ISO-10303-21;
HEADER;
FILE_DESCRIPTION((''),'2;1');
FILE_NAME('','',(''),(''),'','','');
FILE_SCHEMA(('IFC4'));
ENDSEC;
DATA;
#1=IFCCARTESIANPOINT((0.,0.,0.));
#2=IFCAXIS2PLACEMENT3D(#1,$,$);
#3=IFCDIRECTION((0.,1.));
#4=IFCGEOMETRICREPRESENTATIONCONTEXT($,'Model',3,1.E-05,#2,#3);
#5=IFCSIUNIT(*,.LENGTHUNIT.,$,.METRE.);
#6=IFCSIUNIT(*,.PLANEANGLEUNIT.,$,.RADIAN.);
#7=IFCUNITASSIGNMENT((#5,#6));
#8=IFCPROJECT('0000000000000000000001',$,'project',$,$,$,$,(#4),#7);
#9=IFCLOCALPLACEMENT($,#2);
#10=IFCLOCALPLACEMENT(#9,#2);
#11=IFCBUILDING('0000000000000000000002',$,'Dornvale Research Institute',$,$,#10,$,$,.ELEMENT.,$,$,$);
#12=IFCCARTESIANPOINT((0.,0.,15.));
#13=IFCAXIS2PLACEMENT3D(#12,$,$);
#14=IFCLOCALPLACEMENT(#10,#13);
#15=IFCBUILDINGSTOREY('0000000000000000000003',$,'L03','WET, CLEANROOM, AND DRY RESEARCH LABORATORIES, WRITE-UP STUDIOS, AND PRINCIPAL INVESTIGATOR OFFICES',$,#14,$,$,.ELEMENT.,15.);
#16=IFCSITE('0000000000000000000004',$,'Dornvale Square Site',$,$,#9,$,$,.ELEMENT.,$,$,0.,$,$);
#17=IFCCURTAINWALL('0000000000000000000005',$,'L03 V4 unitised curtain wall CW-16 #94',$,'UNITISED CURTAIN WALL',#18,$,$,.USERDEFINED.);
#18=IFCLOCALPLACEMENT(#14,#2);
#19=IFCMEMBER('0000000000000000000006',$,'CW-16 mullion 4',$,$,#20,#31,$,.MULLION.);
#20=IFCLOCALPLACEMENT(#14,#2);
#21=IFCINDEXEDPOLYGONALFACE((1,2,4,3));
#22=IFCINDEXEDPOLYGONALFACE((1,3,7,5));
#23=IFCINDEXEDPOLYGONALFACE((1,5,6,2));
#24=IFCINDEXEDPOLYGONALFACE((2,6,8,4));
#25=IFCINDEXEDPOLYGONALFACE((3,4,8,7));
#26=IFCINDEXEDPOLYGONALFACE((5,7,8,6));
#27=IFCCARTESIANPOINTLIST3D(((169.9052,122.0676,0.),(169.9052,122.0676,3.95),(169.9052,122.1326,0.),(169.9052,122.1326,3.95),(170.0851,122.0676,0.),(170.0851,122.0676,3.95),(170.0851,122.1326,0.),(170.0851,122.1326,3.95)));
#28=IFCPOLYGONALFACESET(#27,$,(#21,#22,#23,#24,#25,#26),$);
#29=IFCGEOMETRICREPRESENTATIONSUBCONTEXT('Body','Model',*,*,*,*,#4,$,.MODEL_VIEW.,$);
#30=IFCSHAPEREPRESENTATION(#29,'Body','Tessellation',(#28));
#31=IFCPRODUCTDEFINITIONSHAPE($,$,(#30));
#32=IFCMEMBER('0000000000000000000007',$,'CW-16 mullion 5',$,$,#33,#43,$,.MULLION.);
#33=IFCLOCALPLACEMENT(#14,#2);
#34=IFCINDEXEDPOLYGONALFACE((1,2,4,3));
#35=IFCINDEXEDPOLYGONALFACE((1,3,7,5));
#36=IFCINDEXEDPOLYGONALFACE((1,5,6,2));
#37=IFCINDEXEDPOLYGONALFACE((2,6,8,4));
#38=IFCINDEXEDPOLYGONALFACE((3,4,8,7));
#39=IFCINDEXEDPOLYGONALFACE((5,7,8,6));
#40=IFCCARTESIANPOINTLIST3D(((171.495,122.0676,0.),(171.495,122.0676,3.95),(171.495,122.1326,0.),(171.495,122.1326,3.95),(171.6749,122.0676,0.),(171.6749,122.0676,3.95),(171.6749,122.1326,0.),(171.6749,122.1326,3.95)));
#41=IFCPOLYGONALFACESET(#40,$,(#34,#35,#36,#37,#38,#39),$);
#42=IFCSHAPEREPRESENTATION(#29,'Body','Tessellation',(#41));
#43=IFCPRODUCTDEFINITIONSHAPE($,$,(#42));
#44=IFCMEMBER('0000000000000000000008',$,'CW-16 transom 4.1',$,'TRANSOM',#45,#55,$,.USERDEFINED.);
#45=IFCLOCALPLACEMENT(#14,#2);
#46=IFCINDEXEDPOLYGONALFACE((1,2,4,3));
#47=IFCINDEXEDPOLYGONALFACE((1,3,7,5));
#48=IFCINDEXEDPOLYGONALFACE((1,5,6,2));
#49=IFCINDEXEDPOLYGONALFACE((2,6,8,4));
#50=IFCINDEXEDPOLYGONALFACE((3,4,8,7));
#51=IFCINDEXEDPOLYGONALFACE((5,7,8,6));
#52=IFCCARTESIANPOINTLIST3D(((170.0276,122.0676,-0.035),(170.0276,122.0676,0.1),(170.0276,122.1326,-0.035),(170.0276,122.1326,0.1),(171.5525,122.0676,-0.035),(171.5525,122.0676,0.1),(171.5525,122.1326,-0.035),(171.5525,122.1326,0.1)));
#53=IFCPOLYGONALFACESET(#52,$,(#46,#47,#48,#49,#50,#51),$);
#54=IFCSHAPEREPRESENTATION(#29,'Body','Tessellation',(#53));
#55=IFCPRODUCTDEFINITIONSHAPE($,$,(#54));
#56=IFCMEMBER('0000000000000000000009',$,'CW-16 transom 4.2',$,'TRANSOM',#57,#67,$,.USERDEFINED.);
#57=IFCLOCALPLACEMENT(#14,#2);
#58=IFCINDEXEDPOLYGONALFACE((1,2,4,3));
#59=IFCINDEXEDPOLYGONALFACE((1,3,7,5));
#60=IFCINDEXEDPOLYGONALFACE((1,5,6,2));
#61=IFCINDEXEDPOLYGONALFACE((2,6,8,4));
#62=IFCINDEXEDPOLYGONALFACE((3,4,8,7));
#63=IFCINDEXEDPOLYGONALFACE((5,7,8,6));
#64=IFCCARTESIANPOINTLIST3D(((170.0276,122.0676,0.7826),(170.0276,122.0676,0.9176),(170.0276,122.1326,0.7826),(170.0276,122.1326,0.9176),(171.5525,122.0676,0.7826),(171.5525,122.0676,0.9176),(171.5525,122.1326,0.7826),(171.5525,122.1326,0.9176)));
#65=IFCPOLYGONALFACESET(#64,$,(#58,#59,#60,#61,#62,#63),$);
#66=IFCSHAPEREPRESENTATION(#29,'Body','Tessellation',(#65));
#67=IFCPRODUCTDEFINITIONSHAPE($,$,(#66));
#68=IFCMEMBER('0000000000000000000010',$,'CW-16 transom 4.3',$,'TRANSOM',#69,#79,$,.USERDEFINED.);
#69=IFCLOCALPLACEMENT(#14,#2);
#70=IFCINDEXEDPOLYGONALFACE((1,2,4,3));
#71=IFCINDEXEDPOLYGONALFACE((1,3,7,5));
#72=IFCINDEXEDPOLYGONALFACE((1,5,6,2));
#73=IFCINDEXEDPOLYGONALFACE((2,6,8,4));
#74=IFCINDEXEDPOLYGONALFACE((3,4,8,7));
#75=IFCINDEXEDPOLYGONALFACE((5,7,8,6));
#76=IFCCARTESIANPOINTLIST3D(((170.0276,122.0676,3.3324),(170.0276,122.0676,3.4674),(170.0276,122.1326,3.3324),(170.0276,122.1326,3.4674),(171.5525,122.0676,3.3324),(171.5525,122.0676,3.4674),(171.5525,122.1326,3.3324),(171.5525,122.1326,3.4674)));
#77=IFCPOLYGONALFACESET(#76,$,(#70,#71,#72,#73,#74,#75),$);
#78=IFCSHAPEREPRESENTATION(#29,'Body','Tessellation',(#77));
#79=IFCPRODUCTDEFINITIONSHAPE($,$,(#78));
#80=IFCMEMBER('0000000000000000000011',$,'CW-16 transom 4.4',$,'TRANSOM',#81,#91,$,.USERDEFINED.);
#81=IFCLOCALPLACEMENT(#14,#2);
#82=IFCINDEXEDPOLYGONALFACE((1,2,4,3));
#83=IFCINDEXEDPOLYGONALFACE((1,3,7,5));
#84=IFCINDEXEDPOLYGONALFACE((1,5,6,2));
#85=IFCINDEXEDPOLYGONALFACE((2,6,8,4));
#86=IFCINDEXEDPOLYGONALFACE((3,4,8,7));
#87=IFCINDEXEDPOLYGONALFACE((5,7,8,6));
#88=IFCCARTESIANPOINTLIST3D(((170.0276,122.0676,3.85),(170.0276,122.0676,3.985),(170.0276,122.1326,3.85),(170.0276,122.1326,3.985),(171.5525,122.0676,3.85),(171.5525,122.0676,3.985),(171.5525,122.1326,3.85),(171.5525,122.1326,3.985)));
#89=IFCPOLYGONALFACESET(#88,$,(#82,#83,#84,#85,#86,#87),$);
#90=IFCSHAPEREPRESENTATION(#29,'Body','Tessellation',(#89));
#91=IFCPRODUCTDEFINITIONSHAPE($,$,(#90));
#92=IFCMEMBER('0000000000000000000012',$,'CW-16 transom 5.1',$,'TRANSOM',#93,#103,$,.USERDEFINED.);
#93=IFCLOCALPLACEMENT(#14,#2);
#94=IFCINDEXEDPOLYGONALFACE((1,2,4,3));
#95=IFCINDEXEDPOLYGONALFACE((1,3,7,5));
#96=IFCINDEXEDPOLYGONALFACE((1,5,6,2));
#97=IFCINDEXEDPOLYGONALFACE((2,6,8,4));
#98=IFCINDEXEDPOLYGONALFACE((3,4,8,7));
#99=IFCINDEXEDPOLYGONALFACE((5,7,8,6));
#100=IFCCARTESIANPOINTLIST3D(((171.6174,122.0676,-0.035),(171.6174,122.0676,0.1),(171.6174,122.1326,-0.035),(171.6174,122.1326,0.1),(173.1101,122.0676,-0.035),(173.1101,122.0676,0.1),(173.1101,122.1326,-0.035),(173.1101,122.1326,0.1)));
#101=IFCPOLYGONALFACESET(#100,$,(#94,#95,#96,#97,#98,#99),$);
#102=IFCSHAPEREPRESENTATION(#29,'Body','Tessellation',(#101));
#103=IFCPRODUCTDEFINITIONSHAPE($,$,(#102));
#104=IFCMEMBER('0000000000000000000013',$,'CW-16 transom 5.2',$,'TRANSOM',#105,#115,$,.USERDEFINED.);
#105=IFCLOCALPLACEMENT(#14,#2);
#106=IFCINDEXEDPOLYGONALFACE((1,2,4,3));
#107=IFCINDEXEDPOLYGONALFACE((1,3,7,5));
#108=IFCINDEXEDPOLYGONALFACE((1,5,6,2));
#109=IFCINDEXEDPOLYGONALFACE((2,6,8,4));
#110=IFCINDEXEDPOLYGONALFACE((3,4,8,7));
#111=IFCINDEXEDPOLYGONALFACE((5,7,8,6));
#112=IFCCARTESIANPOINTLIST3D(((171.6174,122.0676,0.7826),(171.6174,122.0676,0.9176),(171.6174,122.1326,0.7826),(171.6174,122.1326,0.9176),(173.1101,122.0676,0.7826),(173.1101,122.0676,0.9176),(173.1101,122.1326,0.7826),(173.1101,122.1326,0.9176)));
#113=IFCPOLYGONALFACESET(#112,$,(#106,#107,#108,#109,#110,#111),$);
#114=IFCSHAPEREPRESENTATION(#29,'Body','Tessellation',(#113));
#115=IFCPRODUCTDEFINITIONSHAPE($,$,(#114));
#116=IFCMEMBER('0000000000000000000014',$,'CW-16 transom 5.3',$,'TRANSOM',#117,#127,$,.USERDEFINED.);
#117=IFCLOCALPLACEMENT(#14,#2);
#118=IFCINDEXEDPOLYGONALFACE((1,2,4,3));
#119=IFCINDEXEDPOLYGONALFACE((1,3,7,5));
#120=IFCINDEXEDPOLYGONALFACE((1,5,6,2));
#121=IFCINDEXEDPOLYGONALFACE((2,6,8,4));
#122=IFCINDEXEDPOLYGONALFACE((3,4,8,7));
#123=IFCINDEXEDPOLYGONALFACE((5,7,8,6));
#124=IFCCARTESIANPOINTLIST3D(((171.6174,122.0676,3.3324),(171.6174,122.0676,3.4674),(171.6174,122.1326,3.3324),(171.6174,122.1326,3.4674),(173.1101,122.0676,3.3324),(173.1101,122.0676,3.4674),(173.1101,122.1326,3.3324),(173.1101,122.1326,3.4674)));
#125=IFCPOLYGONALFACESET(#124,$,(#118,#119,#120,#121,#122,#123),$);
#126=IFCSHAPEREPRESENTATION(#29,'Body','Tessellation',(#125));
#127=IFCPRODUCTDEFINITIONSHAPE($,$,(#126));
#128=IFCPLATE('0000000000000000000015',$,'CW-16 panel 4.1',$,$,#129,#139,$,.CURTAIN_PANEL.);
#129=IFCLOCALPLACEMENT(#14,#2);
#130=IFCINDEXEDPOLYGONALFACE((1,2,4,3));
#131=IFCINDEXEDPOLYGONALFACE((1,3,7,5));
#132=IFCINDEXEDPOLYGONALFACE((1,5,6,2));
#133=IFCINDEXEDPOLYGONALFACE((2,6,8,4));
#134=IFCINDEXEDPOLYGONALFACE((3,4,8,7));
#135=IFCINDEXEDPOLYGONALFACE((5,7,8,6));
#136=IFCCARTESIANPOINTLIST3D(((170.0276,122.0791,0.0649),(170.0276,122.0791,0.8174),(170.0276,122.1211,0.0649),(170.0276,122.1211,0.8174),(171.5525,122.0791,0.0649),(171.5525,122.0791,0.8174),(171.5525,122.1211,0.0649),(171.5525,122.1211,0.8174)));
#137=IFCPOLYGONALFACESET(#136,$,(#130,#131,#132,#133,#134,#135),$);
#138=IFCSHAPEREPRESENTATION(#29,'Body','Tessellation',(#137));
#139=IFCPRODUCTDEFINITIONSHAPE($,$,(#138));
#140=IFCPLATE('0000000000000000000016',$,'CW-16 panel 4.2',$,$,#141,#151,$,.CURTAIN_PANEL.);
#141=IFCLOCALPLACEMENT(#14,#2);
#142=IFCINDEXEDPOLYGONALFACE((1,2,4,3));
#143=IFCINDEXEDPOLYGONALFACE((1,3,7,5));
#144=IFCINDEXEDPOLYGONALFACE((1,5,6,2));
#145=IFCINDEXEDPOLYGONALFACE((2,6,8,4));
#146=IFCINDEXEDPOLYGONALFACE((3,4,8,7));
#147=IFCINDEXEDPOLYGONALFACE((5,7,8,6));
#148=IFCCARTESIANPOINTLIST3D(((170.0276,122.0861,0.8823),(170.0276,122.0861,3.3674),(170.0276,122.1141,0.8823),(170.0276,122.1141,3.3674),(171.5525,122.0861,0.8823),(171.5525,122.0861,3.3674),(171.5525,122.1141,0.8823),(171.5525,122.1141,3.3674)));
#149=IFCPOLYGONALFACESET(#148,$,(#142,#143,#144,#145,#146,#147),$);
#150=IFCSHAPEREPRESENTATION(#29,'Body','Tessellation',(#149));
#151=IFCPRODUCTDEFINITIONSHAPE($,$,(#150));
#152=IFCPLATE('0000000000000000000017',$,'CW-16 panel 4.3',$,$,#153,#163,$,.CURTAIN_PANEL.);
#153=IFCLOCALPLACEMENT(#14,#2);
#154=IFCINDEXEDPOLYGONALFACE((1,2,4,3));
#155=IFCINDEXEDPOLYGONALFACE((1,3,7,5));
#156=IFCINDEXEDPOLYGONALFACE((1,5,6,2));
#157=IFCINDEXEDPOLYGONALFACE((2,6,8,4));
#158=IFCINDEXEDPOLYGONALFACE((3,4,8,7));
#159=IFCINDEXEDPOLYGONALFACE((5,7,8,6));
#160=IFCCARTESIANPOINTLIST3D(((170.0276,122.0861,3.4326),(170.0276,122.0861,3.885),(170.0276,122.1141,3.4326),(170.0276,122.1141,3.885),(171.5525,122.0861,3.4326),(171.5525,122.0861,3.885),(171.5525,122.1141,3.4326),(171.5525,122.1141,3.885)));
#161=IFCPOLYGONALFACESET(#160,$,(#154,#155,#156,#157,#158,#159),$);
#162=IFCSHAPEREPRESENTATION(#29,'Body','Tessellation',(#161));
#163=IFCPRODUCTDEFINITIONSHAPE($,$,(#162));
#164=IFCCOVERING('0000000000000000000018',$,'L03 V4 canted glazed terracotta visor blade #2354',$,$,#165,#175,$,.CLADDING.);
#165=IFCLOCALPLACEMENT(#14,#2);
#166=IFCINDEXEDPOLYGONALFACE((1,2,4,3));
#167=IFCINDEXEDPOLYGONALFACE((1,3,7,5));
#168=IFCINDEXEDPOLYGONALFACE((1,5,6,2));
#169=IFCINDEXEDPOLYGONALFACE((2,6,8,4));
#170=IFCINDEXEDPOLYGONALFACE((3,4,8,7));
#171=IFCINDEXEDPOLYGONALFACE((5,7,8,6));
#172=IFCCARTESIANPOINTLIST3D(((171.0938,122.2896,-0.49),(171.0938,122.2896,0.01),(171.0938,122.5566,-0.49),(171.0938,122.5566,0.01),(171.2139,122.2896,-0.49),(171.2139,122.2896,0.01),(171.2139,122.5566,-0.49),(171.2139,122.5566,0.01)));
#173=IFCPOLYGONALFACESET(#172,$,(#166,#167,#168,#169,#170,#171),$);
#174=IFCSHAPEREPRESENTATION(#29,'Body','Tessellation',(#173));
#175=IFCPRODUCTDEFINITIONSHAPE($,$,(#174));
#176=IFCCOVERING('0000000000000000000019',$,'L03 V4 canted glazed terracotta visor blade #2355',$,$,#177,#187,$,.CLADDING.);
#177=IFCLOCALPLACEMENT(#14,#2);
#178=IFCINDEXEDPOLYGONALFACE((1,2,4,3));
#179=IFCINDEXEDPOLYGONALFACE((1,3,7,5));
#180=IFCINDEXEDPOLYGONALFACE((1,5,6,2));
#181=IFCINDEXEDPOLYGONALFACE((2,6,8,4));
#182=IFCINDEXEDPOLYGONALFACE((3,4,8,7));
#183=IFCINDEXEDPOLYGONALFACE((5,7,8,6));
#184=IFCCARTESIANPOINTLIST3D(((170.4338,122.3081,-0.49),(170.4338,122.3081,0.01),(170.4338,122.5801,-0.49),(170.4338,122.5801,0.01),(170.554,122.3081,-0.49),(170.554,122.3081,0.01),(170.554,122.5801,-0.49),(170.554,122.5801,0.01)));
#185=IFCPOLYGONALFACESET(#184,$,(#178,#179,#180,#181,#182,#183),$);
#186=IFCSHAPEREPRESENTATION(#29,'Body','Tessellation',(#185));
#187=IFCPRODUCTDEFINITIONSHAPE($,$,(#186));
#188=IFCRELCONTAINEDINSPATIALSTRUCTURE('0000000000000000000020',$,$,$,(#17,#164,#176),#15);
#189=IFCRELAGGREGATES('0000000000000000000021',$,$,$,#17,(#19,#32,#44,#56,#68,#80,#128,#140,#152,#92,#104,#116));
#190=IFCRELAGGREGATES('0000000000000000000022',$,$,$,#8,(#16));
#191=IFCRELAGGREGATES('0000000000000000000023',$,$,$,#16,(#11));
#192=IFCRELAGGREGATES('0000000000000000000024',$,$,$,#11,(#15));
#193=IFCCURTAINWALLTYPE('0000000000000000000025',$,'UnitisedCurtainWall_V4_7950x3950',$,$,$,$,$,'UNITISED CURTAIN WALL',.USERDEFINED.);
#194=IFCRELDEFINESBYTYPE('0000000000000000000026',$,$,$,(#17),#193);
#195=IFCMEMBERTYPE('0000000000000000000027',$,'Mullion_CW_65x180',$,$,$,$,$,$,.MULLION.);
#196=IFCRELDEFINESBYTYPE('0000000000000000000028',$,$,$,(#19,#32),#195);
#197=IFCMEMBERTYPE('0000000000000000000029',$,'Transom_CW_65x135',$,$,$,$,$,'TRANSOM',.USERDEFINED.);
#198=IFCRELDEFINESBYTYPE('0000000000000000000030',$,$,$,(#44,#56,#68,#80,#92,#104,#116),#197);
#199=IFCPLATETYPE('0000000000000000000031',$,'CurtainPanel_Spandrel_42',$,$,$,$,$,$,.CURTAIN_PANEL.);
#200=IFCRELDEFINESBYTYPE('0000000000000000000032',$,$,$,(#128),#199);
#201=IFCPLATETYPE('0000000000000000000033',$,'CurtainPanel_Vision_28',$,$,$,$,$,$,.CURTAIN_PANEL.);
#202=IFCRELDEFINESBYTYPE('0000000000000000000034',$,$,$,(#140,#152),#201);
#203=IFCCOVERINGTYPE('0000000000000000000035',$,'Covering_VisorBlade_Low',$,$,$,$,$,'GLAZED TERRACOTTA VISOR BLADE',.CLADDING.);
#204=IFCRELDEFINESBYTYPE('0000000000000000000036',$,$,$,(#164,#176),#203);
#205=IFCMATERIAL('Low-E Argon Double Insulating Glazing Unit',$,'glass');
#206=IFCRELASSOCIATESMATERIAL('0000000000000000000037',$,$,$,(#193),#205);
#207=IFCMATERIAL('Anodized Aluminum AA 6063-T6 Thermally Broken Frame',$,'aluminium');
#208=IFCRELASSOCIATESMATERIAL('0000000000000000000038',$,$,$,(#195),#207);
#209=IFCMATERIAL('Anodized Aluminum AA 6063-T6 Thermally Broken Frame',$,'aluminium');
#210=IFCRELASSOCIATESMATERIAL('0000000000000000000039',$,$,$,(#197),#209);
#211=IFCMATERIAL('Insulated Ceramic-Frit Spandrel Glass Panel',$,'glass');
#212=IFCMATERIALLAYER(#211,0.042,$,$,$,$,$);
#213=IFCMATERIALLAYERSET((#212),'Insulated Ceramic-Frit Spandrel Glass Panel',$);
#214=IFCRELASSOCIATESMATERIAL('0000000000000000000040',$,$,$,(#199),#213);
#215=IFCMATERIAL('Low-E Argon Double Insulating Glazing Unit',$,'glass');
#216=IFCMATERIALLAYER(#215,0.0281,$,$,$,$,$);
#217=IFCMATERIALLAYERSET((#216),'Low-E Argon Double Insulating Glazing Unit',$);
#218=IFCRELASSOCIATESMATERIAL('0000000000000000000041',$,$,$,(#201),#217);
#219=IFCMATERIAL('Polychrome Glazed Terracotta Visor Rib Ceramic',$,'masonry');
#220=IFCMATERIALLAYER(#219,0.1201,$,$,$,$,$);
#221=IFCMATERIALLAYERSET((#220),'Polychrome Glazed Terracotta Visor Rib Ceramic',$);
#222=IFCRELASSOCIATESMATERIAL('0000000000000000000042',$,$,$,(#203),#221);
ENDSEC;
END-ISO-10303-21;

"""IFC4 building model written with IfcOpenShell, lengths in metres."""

from ifc_helpers import new_model, si_unit, direction, frame, origin, origin_2d, place, context, subcontext, project, spatial, rectangle, extrude, material, layer, layer_set, material_profile, profile_set, type_object, element, aggregate, save


model = new_model("IFC4")

# Units and contexts
model_context = context("Model", 3, precision=1e-05, world=origin(), true_north=direction((0.0, 1.0)))
body_context = subcontext(model_context, "Body", "Model", "MODEL_VIEW")
ifc_project = project(units=[si_unit("LENGTHUNIT", "METRE"), si_unit("PLANEANGLEUNIT", "RADIAN")], contexts=[model_context])

# Site, building, storey
site_placement = place(None, origin())
site = spatial("IfcSite", under=ifc_project, at=site_placement, Name="Dornvale Square Site", CompositionType="ELEMENT", RefElevation=0.0)
building_placement = place(site_placement, origin())
building = spatial("IfcBuilding", under=site, at=building_placement, Name="Dornvale Research Institute", CompositionType="ELEMENT")
storey_placement = place(building_placement, frame((0.0, 0.0, 15.0)))
storey = spatial("IfcBuildingStorey", under=building, at=storey_placement, Name="L03", Description="WET, CLEANROOM, AND DRY RESEARCH LABORATORIES, WRITE-UP STUDIOS, AND PRINCIPAL INVESTIGATOR OFFICES", CompositionType="ELEMENT", Elevation=15.0)

# Curtain wall, members, plates
ifc_material_1 = material(Name="Low-E Argon Double Insulating Glazing Unit", Category="glass")
curtain_wall_type = type_object("IfcCurtainWallType", Name="UnitisedCurtainWall_V4_7950x3950", ElementType="UNITISED CURTAIN WALL", PredefinedType="USERDEFINED", material=ifc_material_1)
curtain_wall_placement = place(storey_placement, origin())
curtain_wall = element("IfcCurtainWall", 1, at=curtain_wall_placement, inside=storey, type_object=curtain_wall_type, Name="L03 V4 unitised curtain wall CW-16 #94", ObjectType="UNITISED CURTAIN WALL", PredefinedType="USERDEFINED")
ifc_material_2 = material(Name="Anodized Aluminum AA 6063-T6 Thermally Broken Frame", Category="aluminium")
ifc_material_profile_1 = material_profile(ifc_material_2, rectangle(XDim=0.0649, YDim=0.1799, at=origin_2d()), Name="ALU MULLION 65x180")
ifc_profile_set_1 = profile_set([ifc_material_profile_1], Name="Anodized Aluminum AA 6063-T6 Thermally Broken Frame")
member_type_1 = type_object("IfcMemberType", Name="Mullion_CW_65x180", PredefinedType="MULLION", material=ifc_profile_set_1)
member_1_placement = place(storey_placement, frame((169.9951, 122.1001, 0.0), z_axis=(0.0, 0.0, 1.0), x_axis=(0.0, 1.0, 0.0)))
member_1 = element("IfcMember", 2, at=member_1_placement, type_object=member_type_1, Name="CW-16 mullion 4", PredefinedType="MULLION", context=body_context, shape_type="SweptSolid", body=[
    extrude(rectangle(XDim=0.0649, YDim=0.1799, at=origin_2d()), origin(), (0.0, 0.0, 1.0), 3.95),
])
member_2_placement = place(storey_placement, frame((171.585, 122.1001, 0.0), z_axis=(0.0, 0.0, 1.0), x_axis=(0.0, 1.0, 0.0)))
member_2 = element("IfcMember", 3, at=member_2_placement, type_object=member_type_1, Name="CW-16 mullion 5", PredefinedType="MULLION", context=body_context, shape_type="SweptSolid", body=[
    extrude(rectangle(XDim=0.0649, YDim=0.1799, at=origin_2d()), origin(), (0.0, 0.0, 1.0), 3.95),
])
ifc_material_3 = material(Name="Anodized Aluminum AA 6063-T6 Thermally Broken Frame", Category="aluminium")
ifc_material_profile_2 = material_profile(ifc_material_3, rectangle(XDim=0.0649, YDim=0.135, at=origin_2d()), Name="ALU TRANSOM 65x135")
ifc_profile_set_2 = profile_set([ifc_material_profile_2], Name="Anodized Aluminum AA 6063-T6 Thermally Broken Frame")
member_type_2 = type_object("IfcMemberType", Name="Transom_CW_65x135", ElementType="TRANSOM", PredefinedType="USERDEFINED", material=ifc_profile_set_2)
member_3_placement = place(storey_placement, frame((170.0276, 122.1001, 0.0325), z_axis=(1.0, 0.0, 0.0), x_axis=(0.0, 1.0, 0.0)))
member_3 = element("IfcMember", 4, at=member_3_placement, type_object=member_type_2, Name="CW-16 transom 4.1", ObjectType="TRANSOM", PredefinedType="USERDEFINED", context=body_context, shape_type="SweptSolid", body=[
    extrude(rectangle(XDim=0.0649, YDim=0.135, at=origin_2d()), origin(), (0.0, 0.0, 1.0), 1.5249),
])
member_4_placement = place(storey_placement, frame((170.0276, 122.1001, 0.8501), z_axis=(1.0, 0.0, 0.0), x_axis=(0.0, 1.0, 0.0)))
member_4 = element("IfcMember", 5, at=member_4_placement, type_object=member_type_2, Name="CW-16 transom 4.2", ObjectType="TRANSOM", PredefinedType="USERDEFINED", context=body_context, shape_type="SweptSolid", body=[
    extrude(rectangle(XDim=0.0649, YDim=0.135, at=origin_2d()), origin(), (0.0, 0.0, 1.0), 1.5249),
])
member_5_placement = place(storey_placement, frame((170.0276, 122.1001, 3.3999), z_axis=(1.0, 0.0, 0.0), x_axis=(0.0, 1.0, 0.0)))
member_5 = element("IfcMember", 6, at=member_5_placement, type_object=member_type_2, Name="CW-16 transom 4.3", ObjectType="TRANSOM", PredefinedType="USERDEFINED", context=body_context, shape_type="SweptSolid", body=[
    extrude(rectangle(XDim=0.0649, YDim=0.135, at=origin_2d()), origin(), (0.0, 0.0, 1.0), 1.5249),
])
member_6_placement = place(storey_placement, frame((170.0276, 122.1001, 3.9175), z_axis=(1.0, 0.0, 0.0), x_axis=(0.0, 1.0, 0.0)))
member_6 = element("IfcMember", 7, at=member_6_placement, type_object=member_type_2, Name="CW-16 transom 4.4", ObjectType="TRANSOM", PredefinedType="USERDEFINED", context=body_context, shape_type="SweptSolid", body=[
    extrude(rectangle(XDim=0.0649, YDim=0.135, at=origin_2d()), origin(), (0.0, 0.0, 1.0), 1.5249),
])
member_7_placement = place(storey_placement, frame((171.6174, 122.1001, 0.0325), z_axis=(1.0, 0.0, 0.0), x_axis=(0.0, 1.0, 0.0)))
member_7 = element("IfcMember", 8, at=member_7_placement, type_object=member_type_2, Name="CW-16 transom 5.1", ObjectType="TRANSOM", PredefinedType="USERDEFINED", context=body_context, shape_type="SweptSolid", body=[
    extrude(rectangle(XDim=0.0649, YDim=0.135, at=origin_2d()), origin(), (0.0, 0.0, 1.0), 1.4927),
])
member_8_placement = place(storey_placement, frame((171.6174, 122.1001, 0.8501), z_axis=(1.0, 0.0, 0.0), x_axis=(0.0, 1.0, 0.0)))
member_8 = element("IfcMember", 9, at=member_8_placement, type_object=member_type_2, Name="CW-16 transom 5.2", ObjectType="TRANSOM", PredefinedType="USERDEFINED", context=body_context, shape_type="SweptSolid", body=[
    extrude(rectangle(XDim=0.0649, YDim=0.135, at=origin_2d()), origin(), (0.0, 0.0, 1.0), 1.4927),
])
member_9_placement = place(storey_placement, frame((171.6174, 122.1001, 3.3999), z_axis=(1.0, 0.0, 0.0), x_axis=(0.0, 1.0, 0.0)))
member_9 = element("IfcMember", 10, at=member_9_placement, type_object=member_type_2, Name="CW-16 transom 5.3", ObjectType="TRANSOM", PredefinedType="USERDEFINED", context=body_context, shape_type="SweptSolid", body=[
    extrude(rectangle(XDim=0.0649, YDim=0.135, at=origin_2d()), origin(), (0.0, 0.0, 1.0), 1.4927),
])
ifc_material_4 = material(Name="Insulated Ceramic-Frit Spandrel Glass Panel", Category="glass")
ifc_layer_1 = layer(ifc_material_4, 0.042)
ifc_layer_set_1 = layer_set([ifc_layer_1], Name="Insulated Ceramic-Frit Spandrel Glass Panel")
plate_type_1 = type_object("IfcPlateType", Name="CurtainPanel_Spandrel_42", PredefinedType="CURTAIN_PANEL", material=ifc_layer_set_1)
plate_1_placement = place(storey_placement, frame((170.79, 122.1001, 0.0649), z_axis=(0.0, 0.0, 1.0), x_axis=(1.0, 0.0, 0.0)))
plate_1 = element("IfcPlate", 11, at=plate_1_placement, type_object=plate_type_1, Name="CW-16 panel 4.1", PredefinedType="CURTAIN_PANEL", context=body_context, shape_type="SweptSolid", body=[
    extrude(rectangle(XDim=1.5249, YDim=0.042, at=origin_2d()), origin(), (0.0, 0.0, 1.0), 0.7524),
])
ifc_material_5 = material(Name="Low-E Argon Double Insulating Glazing Unit", Category="glass")
ifc_layer_2 = layer(ifc_material_5, 0.0281)
ifc_layer_set_2 = layer_set([ifc_layer_2], Name="Low-E Argon Double Insulating Glazing Unit")
plate_type_2 = type_object("IfcPlateType", Name="CurtainPanel_Vision_28", PredefinedType="CURTAIN_PANEL", material=ifc_layer_set_2)
plate_2_placement = place(storey_placement, frame((170.79, 122.1001, 0.8823), z_axis=(0.0, 0.0, 1.0), x_axis=(1.0, 0.0, 0.0)))
plate_2 = element("IfcPlate", 12, at=plate_2_placement, type_object=plate_type_2, Name="CW-16 panel 4.2", PredefinedType="CURTAIN_PANEL", context=body_context, shape_type="SweptSolid", body=[
    extrude(rectangle(XDim=1.5249, YDim=0.0281, at=origin_2d()), origin(), (0.0, 0.0, 1.0), 2.4851),
])
plate_3_placement = place(storey_placement, frame((170.79, 122.1001, 3.4326), z_axis=(0.0, 0.0, 1.0), x_axis=(1.0, 0.0, 0.0)))
plate_3 = element("IfcPlate", 13, at=plate_3_placement, type_object=plate_type_2, Name="CW-16 panel 4.3", PredefinedType="CURTAIN_PANEL", context=body_context, shape_type="SweptSolid", body=[
    extrude(rectangle(XDim=1.5249, YDim=0.0281, at=origin_2d()), origin(), (0.0, 0.0, 1.0), 0.4524),
])
aggregate(curtain_wall, [member_1, member_2, member_3, member_4, member_5, member_6, plate_1, plate_2, plate_3, member_7, member_8, member_9])

# Coverings
ifc_material_6 = material(Name="Polychrome Glazed Terracotta Visor Rib Ceramic", Category="masonry")
ifc_layer_3 = layer(ifc_material_6, 0.1201)
ifc_layer_set_3 = layer_set([ifc_layer_3], Name="Polychrome Glazed Terracotta Visor Rib Ceramic")
covering_type = type_object("IfcCoveringType", Name="Covering_VisorBlade_Low", ElementType="GLAZED TERRACOTTA VISOR BLADE", PredefinedType="CLADDING", material=ifc_layer_set_3)
covering_1_placement = place(storey_placement, frame((171.1538, 122.4231, -0.49), z_axis=(0.0, 0.0, 1.0), x_axis=(0.0, 1.0, 0.0)))
element("IfcCovering", 14, at=covering_1_placement, inside=storey, type_object=covering_type, Name="L03 V4 canted glazed terracotta visor blade #2354", PredefinedType="CLADDING", context=body_context, shape_type="SweptSolid", body=[
    extrude(rectangle(XDim=0.2671, YDim=0.1201, at=origin_2d()), origin(), (0.0, 0.0, 1.0), 0.5),
])
covering_2_placement = place(storey_placement, frame((170.4939, 122.4441, -0.49), z_axis=(0.0, 0.0, 1.0), x_axis=(0.0, 1.0, 0.0)))
element("IfcCovering", 15, at=covering_2_placement, inside=storey, type_object=covering_type, Name="L03 V4 canted glazed terracotta visor blade #2355", PredefinedType="CLADDING", context=body_context, shape_type="SweptSolid", body=[
    extrude(rectangle(XDim=0.272, YDim=0.1201, at=origin_2d()), origin(), (0.0, 0.0, 1.0), 0.5),
])

save(model, "model.ifc")
